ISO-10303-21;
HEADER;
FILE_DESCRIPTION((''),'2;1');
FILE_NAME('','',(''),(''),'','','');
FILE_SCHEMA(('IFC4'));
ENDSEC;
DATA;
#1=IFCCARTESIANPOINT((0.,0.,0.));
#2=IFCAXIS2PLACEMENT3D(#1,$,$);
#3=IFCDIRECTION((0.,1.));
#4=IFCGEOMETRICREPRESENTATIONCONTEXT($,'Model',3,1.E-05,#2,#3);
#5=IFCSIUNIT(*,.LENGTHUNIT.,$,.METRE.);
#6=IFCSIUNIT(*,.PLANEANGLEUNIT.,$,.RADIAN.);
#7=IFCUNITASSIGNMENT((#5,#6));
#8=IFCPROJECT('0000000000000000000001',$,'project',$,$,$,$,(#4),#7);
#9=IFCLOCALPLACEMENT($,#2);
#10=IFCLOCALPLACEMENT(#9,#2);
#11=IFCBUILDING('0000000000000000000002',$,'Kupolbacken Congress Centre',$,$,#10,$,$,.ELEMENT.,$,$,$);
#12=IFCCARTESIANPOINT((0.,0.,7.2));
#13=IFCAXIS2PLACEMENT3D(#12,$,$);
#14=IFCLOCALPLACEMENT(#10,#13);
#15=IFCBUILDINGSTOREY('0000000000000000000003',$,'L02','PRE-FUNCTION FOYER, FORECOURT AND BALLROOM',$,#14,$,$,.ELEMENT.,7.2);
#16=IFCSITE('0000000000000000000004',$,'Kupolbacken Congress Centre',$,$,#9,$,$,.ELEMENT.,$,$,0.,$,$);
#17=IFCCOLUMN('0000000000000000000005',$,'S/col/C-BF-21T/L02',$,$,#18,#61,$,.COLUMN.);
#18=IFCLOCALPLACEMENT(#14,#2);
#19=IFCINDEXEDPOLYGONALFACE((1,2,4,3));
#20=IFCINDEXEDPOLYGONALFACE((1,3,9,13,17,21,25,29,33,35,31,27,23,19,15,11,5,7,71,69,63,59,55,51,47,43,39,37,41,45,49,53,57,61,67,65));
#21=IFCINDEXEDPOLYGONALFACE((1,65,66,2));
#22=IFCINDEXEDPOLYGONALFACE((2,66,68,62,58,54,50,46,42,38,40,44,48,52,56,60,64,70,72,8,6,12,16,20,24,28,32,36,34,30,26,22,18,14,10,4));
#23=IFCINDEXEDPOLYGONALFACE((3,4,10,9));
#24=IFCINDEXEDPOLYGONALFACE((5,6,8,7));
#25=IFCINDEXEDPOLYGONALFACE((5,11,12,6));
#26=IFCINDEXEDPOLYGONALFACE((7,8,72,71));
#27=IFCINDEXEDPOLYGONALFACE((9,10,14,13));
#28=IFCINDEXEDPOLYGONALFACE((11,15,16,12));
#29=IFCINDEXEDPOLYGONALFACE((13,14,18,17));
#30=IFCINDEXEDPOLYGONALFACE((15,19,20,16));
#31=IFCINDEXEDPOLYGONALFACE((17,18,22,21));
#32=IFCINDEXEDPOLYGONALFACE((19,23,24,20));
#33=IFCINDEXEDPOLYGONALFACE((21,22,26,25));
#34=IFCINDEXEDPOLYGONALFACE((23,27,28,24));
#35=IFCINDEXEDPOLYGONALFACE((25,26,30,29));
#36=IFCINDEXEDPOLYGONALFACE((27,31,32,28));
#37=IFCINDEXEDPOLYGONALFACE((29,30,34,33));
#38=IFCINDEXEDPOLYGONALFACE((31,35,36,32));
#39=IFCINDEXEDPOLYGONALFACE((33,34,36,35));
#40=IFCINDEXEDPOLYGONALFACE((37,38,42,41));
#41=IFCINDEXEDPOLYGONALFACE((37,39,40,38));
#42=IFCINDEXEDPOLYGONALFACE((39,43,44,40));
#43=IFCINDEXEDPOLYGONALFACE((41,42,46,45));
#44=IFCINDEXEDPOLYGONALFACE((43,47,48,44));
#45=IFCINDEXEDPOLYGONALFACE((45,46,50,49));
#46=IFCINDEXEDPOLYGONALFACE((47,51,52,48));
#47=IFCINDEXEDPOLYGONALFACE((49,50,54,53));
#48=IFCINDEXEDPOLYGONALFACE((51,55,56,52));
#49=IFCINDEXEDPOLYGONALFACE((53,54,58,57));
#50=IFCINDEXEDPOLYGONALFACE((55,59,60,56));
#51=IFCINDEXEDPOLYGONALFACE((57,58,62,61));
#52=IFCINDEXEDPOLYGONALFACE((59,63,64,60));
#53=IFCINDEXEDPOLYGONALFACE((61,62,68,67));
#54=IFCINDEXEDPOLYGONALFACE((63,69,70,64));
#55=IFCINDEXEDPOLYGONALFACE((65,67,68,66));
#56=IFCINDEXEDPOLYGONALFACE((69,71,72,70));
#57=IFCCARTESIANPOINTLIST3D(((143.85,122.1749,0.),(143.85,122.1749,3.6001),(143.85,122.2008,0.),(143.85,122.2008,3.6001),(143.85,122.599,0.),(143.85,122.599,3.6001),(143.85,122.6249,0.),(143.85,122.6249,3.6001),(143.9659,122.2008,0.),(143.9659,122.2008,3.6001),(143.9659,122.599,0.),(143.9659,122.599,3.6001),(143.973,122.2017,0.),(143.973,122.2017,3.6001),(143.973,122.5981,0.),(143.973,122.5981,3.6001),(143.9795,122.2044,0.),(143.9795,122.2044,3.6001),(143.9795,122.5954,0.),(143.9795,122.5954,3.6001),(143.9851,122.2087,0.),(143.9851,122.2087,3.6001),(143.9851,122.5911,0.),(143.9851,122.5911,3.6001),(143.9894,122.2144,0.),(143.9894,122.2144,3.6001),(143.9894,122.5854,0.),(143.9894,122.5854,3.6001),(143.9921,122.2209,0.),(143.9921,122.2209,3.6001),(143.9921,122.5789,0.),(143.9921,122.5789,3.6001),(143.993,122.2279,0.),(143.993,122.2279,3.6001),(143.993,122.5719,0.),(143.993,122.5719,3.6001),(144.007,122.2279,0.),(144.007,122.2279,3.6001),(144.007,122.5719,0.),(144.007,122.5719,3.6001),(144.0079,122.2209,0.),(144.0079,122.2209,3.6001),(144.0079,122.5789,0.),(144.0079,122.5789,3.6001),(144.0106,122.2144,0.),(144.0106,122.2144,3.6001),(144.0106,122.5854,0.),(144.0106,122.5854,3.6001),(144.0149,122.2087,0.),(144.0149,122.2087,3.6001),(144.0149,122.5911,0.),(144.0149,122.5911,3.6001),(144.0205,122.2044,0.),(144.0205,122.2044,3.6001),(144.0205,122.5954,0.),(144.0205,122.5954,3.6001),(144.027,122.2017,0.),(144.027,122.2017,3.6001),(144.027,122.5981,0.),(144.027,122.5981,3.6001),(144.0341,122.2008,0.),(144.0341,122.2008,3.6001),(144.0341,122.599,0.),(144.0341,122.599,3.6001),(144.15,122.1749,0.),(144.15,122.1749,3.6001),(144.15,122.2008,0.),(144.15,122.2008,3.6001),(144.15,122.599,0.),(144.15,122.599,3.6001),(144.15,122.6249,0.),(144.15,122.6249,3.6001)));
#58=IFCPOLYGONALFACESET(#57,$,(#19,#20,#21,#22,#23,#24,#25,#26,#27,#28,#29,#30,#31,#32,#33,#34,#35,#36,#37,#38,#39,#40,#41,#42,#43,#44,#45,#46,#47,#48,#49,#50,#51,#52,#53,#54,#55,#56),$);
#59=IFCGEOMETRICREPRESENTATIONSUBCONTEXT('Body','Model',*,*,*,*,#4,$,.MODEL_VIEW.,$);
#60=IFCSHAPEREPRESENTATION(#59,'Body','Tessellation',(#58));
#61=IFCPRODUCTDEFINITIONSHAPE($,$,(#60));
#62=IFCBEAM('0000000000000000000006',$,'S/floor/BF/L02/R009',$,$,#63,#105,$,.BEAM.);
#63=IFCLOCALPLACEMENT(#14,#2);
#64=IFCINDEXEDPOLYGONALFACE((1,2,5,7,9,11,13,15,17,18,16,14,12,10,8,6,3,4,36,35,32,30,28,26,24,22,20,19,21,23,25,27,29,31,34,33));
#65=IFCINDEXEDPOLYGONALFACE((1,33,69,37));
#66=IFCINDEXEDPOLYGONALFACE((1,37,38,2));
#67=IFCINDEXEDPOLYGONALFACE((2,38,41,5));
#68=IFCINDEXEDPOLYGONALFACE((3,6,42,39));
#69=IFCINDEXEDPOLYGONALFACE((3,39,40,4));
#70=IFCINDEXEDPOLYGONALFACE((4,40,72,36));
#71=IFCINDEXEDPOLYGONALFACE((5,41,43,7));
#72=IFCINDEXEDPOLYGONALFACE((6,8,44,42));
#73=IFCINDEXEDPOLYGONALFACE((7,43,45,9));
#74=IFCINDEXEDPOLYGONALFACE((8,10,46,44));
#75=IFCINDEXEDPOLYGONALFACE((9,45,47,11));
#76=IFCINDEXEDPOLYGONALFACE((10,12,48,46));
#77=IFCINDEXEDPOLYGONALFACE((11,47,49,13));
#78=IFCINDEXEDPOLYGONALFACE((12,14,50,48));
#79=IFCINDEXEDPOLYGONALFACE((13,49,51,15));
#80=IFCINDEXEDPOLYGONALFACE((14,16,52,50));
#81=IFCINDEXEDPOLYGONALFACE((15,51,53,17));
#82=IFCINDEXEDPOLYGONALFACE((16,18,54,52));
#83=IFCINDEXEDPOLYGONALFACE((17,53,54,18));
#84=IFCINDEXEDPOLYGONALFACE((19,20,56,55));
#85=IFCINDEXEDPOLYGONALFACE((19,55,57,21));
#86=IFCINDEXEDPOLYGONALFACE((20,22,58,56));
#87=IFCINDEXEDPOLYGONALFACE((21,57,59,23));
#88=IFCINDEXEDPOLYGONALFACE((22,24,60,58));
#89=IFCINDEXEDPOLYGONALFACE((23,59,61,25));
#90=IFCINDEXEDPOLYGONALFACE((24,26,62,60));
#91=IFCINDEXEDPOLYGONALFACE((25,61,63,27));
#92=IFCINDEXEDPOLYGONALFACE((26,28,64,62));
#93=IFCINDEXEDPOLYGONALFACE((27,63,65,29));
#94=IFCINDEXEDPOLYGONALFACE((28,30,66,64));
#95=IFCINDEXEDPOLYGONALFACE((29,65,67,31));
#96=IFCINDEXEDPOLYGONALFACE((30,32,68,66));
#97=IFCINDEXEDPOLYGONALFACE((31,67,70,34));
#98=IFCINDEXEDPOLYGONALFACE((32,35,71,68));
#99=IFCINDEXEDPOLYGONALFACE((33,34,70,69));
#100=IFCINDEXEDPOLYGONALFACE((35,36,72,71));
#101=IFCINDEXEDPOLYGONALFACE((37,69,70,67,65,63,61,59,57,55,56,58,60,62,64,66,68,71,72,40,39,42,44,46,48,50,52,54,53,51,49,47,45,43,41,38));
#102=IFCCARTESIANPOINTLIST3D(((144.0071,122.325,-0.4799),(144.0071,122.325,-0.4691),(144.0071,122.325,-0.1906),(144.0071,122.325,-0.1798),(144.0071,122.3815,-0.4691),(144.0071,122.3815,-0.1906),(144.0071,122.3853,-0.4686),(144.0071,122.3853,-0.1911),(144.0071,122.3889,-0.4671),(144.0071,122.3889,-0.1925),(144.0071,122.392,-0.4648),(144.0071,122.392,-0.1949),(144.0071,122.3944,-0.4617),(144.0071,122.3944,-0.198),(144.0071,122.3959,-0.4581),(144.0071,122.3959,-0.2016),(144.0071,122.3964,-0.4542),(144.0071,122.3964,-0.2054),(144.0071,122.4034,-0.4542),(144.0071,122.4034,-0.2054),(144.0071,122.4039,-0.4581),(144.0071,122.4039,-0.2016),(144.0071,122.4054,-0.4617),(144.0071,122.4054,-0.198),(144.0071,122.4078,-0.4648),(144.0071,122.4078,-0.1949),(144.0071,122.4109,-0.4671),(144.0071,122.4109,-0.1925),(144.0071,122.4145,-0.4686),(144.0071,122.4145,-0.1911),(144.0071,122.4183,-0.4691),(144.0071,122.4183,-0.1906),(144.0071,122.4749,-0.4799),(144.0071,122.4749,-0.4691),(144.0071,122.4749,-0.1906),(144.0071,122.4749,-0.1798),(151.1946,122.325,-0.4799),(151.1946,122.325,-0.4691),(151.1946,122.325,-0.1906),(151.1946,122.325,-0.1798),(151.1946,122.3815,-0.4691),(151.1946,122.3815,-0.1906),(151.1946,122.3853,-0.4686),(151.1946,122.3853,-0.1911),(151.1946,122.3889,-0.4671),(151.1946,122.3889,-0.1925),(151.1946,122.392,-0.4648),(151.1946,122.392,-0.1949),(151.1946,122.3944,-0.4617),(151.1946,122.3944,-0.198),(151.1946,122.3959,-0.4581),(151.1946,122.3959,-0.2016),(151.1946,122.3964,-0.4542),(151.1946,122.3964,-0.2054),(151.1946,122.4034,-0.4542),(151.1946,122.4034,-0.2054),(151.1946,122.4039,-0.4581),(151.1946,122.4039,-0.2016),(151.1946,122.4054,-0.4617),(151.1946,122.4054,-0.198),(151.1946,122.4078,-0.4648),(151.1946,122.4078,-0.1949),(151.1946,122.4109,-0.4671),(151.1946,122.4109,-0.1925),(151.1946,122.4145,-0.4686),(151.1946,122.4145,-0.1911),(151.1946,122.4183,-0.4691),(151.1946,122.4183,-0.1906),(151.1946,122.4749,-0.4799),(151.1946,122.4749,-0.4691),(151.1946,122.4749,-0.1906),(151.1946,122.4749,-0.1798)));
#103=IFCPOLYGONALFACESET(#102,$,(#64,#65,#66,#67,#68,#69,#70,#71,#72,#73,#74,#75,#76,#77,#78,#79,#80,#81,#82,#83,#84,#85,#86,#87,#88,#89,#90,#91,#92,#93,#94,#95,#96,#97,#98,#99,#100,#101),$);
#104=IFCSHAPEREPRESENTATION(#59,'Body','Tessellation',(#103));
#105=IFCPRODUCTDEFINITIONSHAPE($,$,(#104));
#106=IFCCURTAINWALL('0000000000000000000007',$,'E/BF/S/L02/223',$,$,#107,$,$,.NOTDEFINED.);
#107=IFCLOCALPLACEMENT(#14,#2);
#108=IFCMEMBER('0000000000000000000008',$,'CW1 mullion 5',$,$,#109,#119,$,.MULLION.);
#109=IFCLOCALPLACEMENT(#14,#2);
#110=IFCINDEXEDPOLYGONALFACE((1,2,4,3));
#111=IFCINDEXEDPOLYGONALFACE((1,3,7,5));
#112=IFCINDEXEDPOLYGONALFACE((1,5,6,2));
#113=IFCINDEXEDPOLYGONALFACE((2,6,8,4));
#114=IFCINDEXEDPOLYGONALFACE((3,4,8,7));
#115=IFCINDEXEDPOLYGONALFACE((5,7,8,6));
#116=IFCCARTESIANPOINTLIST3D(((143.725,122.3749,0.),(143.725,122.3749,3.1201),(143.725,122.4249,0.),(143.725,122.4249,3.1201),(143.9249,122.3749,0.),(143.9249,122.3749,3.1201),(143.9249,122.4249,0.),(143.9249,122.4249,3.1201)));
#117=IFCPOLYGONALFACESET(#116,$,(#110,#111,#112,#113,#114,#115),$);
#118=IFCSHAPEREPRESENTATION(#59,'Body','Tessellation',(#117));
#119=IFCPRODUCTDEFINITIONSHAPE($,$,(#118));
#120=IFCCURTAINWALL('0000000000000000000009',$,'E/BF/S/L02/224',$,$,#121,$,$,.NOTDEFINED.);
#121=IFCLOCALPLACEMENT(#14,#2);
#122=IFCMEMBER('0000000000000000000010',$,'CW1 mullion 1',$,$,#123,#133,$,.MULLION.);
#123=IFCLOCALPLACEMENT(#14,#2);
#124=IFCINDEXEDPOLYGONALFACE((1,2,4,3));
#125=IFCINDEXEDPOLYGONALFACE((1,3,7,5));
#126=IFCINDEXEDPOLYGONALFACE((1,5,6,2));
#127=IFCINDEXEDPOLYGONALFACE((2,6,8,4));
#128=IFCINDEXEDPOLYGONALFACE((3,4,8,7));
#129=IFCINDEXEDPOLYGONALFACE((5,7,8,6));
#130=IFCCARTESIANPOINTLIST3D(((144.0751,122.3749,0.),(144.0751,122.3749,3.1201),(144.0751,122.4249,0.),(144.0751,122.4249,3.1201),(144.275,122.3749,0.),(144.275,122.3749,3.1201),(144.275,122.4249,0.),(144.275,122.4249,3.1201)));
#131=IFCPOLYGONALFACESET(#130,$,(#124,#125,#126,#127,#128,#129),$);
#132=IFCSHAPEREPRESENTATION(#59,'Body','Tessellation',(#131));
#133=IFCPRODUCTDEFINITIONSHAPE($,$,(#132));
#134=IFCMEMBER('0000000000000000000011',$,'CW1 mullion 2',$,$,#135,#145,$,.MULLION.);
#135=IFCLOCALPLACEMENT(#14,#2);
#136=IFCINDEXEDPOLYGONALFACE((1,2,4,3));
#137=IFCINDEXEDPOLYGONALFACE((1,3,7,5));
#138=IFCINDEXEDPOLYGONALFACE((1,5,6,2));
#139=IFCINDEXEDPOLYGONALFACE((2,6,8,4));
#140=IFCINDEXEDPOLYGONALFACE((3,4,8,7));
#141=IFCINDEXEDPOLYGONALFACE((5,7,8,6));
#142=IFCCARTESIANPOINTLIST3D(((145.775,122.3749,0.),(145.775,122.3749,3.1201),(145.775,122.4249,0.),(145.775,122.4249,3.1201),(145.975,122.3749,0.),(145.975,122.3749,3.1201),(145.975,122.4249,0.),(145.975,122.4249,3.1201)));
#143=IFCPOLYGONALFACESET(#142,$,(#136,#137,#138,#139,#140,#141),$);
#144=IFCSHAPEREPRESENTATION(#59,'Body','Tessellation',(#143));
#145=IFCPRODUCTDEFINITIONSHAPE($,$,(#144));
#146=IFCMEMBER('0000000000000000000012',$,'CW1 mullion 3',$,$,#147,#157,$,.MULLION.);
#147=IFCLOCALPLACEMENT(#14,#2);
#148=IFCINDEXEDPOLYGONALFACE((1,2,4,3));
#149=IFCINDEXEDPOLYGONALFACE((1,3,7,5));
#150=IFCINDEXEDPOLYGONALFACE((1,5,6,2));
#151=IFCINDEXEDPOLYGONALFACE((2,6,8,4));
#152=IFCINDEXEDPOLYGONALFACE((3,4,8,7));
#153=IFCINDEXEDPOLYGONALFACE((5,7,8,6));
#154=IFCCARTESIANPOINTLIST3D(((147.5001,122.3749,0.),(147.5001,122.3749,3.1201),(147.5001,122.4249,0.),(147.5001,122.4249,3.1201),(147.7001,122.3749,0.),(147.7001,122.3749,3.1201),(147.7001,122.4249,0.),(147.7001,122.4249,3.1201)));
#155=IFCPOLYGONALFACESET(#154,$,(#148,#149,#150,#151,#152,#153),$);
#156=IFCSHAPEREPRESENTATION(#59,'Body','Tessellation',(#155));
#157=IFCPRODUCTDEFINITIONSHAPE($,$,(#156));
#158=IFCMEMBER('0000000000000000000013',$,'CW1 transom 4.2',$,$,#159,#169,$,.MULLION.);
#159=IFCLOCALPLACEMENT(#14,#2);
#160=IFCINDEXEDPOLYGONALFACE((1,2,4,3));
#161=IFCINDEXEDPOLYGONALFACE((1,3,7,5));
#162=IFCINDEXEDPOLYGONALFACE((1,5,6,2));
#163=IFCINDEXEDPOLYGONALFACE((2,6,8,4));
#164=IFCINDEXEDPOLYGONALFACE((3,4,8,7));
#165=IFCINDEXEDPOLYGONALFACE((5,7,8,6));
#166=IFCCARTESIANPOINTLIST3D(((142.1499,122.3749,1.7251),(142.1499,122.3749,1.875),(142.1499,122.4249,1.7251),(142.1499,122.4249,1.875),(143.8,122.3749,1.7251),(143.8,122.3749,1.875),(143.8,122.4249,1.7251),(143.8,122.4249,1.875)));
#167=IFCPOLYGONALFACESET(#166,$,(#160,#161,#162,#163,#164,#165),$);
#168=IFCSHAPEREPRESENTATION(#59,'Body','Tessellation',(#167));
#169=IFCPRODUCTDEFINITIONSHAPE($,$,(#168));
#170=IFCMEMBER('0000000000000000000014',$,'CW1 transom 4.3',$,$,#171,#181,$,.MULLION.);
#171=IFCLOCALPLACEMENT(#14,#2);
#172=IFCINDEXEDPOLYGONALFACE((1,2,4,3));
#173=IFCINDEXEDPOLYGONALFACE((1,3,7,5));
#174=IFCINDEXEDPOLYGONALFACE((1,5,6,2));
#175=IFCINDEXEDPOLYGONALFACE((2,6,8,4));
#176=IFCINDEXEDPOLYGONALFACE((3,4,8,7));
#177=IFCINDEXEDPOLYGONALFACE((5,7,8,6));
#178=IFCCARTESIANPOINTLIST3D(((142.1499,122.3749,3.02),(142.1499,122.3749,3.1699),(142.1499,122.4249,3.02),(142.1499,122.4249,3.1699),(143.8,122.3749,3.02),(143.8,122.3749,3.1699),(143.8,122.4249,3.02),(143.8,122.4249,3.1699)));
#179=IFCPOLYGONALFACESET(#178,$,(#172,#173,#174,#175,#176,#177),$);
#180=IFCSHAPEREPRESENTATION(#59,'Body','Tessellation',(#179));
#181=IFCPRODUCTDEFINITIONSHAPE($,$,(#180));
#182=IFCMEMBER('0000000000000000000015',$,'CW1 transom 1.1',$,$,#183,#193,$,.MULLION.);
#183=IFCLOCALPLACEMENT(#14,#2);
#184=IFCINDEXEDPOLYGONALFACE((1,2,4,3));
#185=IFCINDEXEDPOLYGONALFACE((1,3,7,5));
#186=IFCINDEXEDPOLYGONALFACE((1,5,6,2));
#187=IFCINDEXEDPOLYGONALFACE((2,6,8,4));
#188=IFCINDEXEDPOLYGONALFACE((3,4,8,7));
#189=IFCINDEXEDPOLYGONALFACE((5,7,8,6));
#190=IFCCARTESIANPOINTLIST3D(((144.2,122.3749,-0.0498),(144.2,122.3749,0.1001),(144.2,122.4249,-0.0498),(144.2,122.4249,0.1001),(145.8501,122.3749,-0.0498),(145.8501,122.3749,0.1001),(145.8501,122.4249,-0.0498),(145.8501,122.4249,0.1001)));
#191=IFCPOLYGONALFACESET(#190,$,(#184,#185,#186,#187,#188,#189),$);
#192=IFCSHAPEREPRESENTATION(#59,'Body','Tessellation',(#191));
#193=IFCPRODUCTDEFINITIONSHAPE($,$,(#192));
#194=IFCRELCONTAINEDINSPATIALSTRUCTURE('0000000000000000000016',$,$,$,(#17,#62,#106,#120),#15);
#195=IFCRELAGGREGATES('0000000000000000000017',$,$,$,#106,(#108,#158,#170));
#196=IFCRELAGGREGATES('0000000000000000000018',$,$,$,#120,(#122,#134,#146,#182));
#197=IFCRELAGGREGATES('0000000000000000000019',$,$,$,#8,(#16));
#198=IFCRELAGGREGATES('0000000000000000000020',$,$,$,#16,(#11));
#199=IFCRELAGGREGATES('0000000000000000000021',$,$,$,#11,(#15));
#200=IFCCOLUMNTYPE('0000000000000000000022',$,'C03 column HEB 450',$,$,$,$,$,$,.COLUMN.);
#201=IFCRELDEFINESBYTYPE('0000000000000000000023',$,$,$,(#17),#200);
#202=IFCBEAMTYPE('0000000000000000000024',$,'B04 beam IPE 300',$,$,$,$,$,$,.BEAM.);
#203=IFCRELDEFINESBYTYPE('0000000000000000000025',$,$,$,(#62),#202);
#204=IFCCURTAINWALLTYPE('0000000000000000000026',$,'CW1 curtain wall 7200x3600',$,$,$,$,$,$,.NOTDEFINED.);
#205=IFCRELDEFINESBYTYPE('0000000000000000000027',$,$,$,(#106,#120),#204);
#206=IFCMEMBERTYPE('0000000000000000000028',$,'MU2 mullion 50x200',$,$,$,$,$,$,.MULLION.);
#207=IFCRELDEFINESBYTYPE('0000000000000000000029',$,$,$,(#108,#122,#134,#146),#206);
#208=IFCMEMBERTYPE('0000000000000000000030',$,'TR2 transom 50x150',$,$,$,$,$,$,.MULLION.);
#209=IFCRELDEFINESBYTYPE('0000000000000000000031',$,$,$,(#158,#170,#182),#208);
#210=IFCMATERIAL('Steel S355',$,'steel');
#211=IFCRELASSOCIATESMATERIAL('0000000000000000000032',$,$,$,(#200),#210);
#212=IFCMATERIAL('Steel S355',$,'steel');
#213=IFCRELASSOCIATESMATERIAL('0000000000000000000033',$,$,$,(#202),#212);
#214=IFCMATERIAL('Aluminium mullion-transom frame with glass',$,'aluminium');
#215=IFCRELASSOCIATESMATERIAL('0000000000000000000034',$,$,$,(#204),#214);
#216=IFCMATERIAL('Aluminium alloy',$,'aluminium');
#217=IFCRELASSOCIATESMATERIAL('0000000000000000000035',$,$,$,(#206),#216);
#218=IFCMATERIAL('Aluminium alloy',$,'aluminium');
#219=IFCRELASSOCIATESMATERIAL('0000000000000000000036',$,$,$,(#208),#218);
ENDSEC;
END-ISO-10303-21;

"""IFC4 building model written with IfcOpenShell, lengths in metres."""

from ifc_helpers import new_model, si_unit, direction, frame, origin, origin_2d, place, context, subcontext, project, spatial, rectangle, i_section, extrude, material, material_profile, profile_set, type_object, element, aggregate, save


model = new_model("IFC4")

# Units and contexts
model_context = context("Model", 3, precision=1e-05, world=origin(), true_north=direction((0.0, 1.0)))
body_context = subcontext(model_context, "Body", "Model", "MODEL_VIEW")
ifc_project = project(units=[si_unit("LENGTHUNIT", "METRE"), si_unit("PLANEANGLEUNIT", "RADIAN")], contexts=[model_context])

# Site, building, storey
site_placement = place(None, origin())
site = spatial("IfcSite", under=ifc_project, at=site_placement, Name="Kupolbacken Congress Centre", CompositionType="ELEMENT", RefElevation=0.0)
building_placement = place(site_placement, origin())
building = spatial("IfcBuilding", under=site, at=building_placement, Name="Kupolbacken Congress Centre", CompositionType="ELEMENT")
storey_placement = place(building_placement, frame((0.0, 0.0, 7.2)))
storey = spatial("IfcBuildingStorey", under=building, at=storey_placement, Name="L02", Description="PRE-FUNCTION FOYER, FORECOURT AND BALLROOM", CompositionType="ELEMENT", Elevation=7.2)

# Column
ifc_material_1 = material(Name="Steel S355", Category="steel")
ifc_material_profile_1 = material_profile(ifc_material_1, i_section(OverallWidth=0.3, OverallDepth=0.45, WebThickness=0.0139, FlangeThickness=0.0259, FilletRadius=0.0271, at=origin_2d()), Name="HEB 450")
ifc_profile_set_1 = profile_set([ifc_material_profile_1], Name="Steel S355")
column_type = type_object("IfcColumnType", Name="C03 column HEB 450", PredefinedType="COLUMN", material=ifc_profile_set_1)
column_placement = place(storey_placement, frame((144.0, 122.3999, 0.0), z_axis=(0.0, 0.0, 1.0), x_axis=(1.0, 0.0, 0.0)))
element("IfcColumn", 1, at=column_placement, inside=storey, type_object=column_type, Name="S/col/C-BF-21T/L02", PredefinedType="COLUMN", context=body_context, shape_type="SweptSolid", body=[
    extrude(i_section(OverallWidth=0.3, OverallDepth=0.45, WebThickness=0.0139, FlangeThickness=0.0259, FilletRadius=0.0271, at=origin_2d()), origin(), (0.0, 0.0, 1.0), 3.6001),
])

# Beam
ifc_material_2 = material(Name="Steel S355", Category="steel")
ifc_material_profile_2 = material_profile(ifc_material_2, i_section(OverallWidth=0.1499, OverallDepth=0.3, WebThickness=0.0071, FlangeThickness=0.0107, FilletRadius=0.0149, at=origin_2d()), Name="IPE 300")
ifc_profile_set_2 = profile_set([ifc_material_profile_2], Name="Steel S355")
beam_type = type_object("IfcBeamType", Name="B04 beam IPE 300", PredefinedType="BEAM", material=ifc_profile_set_2)
beam_placement = place(storey_placement, frame((144.0071, 122.3999, -0.3298), z_axis=(1.0, 0.0, 0.0), x_axis=(0.0, 1.0, 0.0)))
element("IfcBeam", 2, at=beam_placement, inside=storey, type_object=beam_type, Name="S/floor/BF/L02/R009", PredefinedType="BEAM", context=body_context, shape_type="SweptSolid", body=[
    extrude(i_section(OverallWidth=0.1499, OverallDepth=0.3, WebThickness=0.0071, FlangeThickness=0.0107, FilletRadius=0.0149, at=origin_2d()), origin(), (0.0, 0.0, 1.0), 7.1875),
])

# Curtain wall, member
ifc_material_3 = material(Name="Aluminium mullion-transom frame with glass", Category="aluminium")
curtain_wall_type = type_object("IfcCurtainWallType", Name="CW1 curtain wall 7200x3600", PredefinedType="NOTDEFINED", material=ifc_material_3)
curtain_wall_1_placement = place(storey_placement, origin())
curtain_wall_1 = element("IfcCurtainWall", 3, at=curtain_wall_1_placement, inside=storey, type_object=curtain_wall_type, Name="E/BF/S/L02/223", PredefinedType="NOTDEFINED")
ifc_material_4 = material(Name="Aluminium alloy", Category="aluminium")
ifc_material_profile_3 = material_profile(ifc_material_4, rectangle(XDim=0.05, YDim=0.2, at=origin_2d()), Name="50 x 200")
ifc_profile_set_3 = profile_set([ifc_material_profile_3], Name="Aluminium alloy")
member_type_1 = type_object("IfcMemberType", Name="MU2 mullion 50x200", PredefinedType="MULLION", material=ifc_profile_set_3)
member_1_placement = place(storey_placement, frame((143.825, 122.3999, 0.0), z_axis=(0.0, 0.0, 1.0), x_axis=(0.0, 1.0, 0.0)))
member_1 = element("IfcMember", 4, at=member_1_placement, type_object=member_type_1, Name="CW1 mullion 5", PredefinedType="MULLION", context=body_context, shape_type="SweptSolid", body=[
    extrude(rectangle(XDim=0.05, YDim=0.2, at=origin_2d()), origin(), (0.0, 0.0, 1.0), 3.1201),
])

# Curtain wall, members
curtain_wall_2_placement = place(storey_placement, origin())
curtain_wall_2 = element("IfcCurtainWall", 5, at=curtain_wall_2_placement, inside=storey, type_object=curtain_wall_type, Name="E/BF/S/L02/224", PredefinedType="NOTDEFINED")
member_2_placement = place(storey_placement, frame((144.175, 122.3999, 0.0), z_axis=(0.0, 0.0, 1.0), x_axis=(0.0, 1.0, 0.0)))
member_2 = element("IfcMember", 6, at=member_2_placement, type_object=member_type_1, Name="CW1 mullion 1", PredefinedType="MULLION", context=body_context, shape_type="SweptSolid", body=[
    extrude(rectangle(XDim=0.05, YDim=0.2, at=origin_2d()), origin(), (0.0, 0.0, 1.0), 3.1201),
])
member_3_placement = place(storey_placement, frame((145.875, 122.3999, 0.0), z_axis=(0.0, 0.0, 1.0), x_axis=(0.0, 1.0, 0.0)))
member_3 = element("IfcMember", 7, at=member_3_placement, type_object=member_type_1, Name="CW1 mullion 2", PredefinedType="MULLION", context=body_context, shape_type="SweptSolid", body=[
    extrude(rectangle(XDim=0.05, YDim=0.2, at=origin_2d()), origin(), (0.0, 0.0, 1.0), 3.1201),
])
member_4_placement = place(storey_placement, frame((147.6001, 122.3999, 0.0), z_axis=(0.0, 0.0, 1.0), x_axis=(0.0, 1.0, 0.0)))
member_4 = element("IfcMember", 8, at=member_4_placement, type_object=member_type_1, Name="CW1 mullion 3", PredefinedType="MULLION", context=body_context, shape_type="SweptSolid", body=[
    extrude(rectangle(XDim=0.05, YDim=0.2, at=origin_2d()), origin(), (0.0, 0.0, 1.0), 3.1201),
])

# Members
ifc_material_5 = material(Name="Aluminium alloy", Category="aluminium")
ifc_material_profile_4 = material_profile(ifc_material_5, rectangle(XDim=0.05, YDim=0.1499, at=origin_2d()), Name="50 x 150")
ifc_profile_set_4 = profile_set([ifc_material_profile_4], Name="Aluminium alloy")
member_type_2 = type_object("IfcMemberType", Name="TR2 transom 50x150", PredefinedType="MULLION", material=ifc_profile_set_4)
member_5_placement = place(storey_placement, frame((142.1499, 122.3999, 1.8), z_axis=(1.0, 0.0, 0.0), x_axis=(0.0, 1.0, 0.0)))
member_5 = element("IfcMember", 9, at=member_5_placement, type_object=member_type_2, Name="CW1 transom 4.2", PredefinedType="MULLION", context=body_context, shape_type="SweptSolid", body=[
    extrude(rectangle(XDim=0.05, YDim=0.1499, at=origin_2d()), origin(), (0.0, 0.0, 1.0), 1.6501),
])
member_6_placement = place(storey_placement, frame((142.1499, 122.3999, 3.095), z_axis=(1.0, 0.0, 0.0), x_axis=(0.0, 1.0, 0.0)))
member_6 = element("IfcMember", 10, at=member_6_placement, type_object=member_type_2, Name="CW1 transom 4.3", PredefinedType="MULLION", context=body_context, shape_type="SweptSolid", body=[
    extrude(rectangle(XDim=0.05, YDim=0.1499, at=origin_2d()), origin(), (0.0, 0.0, 1.0), 1.6501),
])
member_7_placement = place(storey_placement, frame((144.2, 122.3999, 0.0251), z_axis=(1.0, 0.0, 0.0), x_axis=(0.0, 1.0, 0.0)))
member_7 = element("IfcMember", 11, at=member_7_placement, type_object=member_type_2, Name="CW1 transom 1.1", PredefinedType="MULLION", context=body_context, shape_type="SweptSolid", body=[
    extrude(rectangle(XDim=0.05, YDim=0.1499, at=origin_2d()), origin(), (0.0, 0.0, 1.0), 1.6501),
])

aggregate(curtain_wall_1, [member_1, member_5, member_6])
aggregate(curtain_wall_2, [member_2, member_3, member_4, member_7])

save(model, "model.ifc")
